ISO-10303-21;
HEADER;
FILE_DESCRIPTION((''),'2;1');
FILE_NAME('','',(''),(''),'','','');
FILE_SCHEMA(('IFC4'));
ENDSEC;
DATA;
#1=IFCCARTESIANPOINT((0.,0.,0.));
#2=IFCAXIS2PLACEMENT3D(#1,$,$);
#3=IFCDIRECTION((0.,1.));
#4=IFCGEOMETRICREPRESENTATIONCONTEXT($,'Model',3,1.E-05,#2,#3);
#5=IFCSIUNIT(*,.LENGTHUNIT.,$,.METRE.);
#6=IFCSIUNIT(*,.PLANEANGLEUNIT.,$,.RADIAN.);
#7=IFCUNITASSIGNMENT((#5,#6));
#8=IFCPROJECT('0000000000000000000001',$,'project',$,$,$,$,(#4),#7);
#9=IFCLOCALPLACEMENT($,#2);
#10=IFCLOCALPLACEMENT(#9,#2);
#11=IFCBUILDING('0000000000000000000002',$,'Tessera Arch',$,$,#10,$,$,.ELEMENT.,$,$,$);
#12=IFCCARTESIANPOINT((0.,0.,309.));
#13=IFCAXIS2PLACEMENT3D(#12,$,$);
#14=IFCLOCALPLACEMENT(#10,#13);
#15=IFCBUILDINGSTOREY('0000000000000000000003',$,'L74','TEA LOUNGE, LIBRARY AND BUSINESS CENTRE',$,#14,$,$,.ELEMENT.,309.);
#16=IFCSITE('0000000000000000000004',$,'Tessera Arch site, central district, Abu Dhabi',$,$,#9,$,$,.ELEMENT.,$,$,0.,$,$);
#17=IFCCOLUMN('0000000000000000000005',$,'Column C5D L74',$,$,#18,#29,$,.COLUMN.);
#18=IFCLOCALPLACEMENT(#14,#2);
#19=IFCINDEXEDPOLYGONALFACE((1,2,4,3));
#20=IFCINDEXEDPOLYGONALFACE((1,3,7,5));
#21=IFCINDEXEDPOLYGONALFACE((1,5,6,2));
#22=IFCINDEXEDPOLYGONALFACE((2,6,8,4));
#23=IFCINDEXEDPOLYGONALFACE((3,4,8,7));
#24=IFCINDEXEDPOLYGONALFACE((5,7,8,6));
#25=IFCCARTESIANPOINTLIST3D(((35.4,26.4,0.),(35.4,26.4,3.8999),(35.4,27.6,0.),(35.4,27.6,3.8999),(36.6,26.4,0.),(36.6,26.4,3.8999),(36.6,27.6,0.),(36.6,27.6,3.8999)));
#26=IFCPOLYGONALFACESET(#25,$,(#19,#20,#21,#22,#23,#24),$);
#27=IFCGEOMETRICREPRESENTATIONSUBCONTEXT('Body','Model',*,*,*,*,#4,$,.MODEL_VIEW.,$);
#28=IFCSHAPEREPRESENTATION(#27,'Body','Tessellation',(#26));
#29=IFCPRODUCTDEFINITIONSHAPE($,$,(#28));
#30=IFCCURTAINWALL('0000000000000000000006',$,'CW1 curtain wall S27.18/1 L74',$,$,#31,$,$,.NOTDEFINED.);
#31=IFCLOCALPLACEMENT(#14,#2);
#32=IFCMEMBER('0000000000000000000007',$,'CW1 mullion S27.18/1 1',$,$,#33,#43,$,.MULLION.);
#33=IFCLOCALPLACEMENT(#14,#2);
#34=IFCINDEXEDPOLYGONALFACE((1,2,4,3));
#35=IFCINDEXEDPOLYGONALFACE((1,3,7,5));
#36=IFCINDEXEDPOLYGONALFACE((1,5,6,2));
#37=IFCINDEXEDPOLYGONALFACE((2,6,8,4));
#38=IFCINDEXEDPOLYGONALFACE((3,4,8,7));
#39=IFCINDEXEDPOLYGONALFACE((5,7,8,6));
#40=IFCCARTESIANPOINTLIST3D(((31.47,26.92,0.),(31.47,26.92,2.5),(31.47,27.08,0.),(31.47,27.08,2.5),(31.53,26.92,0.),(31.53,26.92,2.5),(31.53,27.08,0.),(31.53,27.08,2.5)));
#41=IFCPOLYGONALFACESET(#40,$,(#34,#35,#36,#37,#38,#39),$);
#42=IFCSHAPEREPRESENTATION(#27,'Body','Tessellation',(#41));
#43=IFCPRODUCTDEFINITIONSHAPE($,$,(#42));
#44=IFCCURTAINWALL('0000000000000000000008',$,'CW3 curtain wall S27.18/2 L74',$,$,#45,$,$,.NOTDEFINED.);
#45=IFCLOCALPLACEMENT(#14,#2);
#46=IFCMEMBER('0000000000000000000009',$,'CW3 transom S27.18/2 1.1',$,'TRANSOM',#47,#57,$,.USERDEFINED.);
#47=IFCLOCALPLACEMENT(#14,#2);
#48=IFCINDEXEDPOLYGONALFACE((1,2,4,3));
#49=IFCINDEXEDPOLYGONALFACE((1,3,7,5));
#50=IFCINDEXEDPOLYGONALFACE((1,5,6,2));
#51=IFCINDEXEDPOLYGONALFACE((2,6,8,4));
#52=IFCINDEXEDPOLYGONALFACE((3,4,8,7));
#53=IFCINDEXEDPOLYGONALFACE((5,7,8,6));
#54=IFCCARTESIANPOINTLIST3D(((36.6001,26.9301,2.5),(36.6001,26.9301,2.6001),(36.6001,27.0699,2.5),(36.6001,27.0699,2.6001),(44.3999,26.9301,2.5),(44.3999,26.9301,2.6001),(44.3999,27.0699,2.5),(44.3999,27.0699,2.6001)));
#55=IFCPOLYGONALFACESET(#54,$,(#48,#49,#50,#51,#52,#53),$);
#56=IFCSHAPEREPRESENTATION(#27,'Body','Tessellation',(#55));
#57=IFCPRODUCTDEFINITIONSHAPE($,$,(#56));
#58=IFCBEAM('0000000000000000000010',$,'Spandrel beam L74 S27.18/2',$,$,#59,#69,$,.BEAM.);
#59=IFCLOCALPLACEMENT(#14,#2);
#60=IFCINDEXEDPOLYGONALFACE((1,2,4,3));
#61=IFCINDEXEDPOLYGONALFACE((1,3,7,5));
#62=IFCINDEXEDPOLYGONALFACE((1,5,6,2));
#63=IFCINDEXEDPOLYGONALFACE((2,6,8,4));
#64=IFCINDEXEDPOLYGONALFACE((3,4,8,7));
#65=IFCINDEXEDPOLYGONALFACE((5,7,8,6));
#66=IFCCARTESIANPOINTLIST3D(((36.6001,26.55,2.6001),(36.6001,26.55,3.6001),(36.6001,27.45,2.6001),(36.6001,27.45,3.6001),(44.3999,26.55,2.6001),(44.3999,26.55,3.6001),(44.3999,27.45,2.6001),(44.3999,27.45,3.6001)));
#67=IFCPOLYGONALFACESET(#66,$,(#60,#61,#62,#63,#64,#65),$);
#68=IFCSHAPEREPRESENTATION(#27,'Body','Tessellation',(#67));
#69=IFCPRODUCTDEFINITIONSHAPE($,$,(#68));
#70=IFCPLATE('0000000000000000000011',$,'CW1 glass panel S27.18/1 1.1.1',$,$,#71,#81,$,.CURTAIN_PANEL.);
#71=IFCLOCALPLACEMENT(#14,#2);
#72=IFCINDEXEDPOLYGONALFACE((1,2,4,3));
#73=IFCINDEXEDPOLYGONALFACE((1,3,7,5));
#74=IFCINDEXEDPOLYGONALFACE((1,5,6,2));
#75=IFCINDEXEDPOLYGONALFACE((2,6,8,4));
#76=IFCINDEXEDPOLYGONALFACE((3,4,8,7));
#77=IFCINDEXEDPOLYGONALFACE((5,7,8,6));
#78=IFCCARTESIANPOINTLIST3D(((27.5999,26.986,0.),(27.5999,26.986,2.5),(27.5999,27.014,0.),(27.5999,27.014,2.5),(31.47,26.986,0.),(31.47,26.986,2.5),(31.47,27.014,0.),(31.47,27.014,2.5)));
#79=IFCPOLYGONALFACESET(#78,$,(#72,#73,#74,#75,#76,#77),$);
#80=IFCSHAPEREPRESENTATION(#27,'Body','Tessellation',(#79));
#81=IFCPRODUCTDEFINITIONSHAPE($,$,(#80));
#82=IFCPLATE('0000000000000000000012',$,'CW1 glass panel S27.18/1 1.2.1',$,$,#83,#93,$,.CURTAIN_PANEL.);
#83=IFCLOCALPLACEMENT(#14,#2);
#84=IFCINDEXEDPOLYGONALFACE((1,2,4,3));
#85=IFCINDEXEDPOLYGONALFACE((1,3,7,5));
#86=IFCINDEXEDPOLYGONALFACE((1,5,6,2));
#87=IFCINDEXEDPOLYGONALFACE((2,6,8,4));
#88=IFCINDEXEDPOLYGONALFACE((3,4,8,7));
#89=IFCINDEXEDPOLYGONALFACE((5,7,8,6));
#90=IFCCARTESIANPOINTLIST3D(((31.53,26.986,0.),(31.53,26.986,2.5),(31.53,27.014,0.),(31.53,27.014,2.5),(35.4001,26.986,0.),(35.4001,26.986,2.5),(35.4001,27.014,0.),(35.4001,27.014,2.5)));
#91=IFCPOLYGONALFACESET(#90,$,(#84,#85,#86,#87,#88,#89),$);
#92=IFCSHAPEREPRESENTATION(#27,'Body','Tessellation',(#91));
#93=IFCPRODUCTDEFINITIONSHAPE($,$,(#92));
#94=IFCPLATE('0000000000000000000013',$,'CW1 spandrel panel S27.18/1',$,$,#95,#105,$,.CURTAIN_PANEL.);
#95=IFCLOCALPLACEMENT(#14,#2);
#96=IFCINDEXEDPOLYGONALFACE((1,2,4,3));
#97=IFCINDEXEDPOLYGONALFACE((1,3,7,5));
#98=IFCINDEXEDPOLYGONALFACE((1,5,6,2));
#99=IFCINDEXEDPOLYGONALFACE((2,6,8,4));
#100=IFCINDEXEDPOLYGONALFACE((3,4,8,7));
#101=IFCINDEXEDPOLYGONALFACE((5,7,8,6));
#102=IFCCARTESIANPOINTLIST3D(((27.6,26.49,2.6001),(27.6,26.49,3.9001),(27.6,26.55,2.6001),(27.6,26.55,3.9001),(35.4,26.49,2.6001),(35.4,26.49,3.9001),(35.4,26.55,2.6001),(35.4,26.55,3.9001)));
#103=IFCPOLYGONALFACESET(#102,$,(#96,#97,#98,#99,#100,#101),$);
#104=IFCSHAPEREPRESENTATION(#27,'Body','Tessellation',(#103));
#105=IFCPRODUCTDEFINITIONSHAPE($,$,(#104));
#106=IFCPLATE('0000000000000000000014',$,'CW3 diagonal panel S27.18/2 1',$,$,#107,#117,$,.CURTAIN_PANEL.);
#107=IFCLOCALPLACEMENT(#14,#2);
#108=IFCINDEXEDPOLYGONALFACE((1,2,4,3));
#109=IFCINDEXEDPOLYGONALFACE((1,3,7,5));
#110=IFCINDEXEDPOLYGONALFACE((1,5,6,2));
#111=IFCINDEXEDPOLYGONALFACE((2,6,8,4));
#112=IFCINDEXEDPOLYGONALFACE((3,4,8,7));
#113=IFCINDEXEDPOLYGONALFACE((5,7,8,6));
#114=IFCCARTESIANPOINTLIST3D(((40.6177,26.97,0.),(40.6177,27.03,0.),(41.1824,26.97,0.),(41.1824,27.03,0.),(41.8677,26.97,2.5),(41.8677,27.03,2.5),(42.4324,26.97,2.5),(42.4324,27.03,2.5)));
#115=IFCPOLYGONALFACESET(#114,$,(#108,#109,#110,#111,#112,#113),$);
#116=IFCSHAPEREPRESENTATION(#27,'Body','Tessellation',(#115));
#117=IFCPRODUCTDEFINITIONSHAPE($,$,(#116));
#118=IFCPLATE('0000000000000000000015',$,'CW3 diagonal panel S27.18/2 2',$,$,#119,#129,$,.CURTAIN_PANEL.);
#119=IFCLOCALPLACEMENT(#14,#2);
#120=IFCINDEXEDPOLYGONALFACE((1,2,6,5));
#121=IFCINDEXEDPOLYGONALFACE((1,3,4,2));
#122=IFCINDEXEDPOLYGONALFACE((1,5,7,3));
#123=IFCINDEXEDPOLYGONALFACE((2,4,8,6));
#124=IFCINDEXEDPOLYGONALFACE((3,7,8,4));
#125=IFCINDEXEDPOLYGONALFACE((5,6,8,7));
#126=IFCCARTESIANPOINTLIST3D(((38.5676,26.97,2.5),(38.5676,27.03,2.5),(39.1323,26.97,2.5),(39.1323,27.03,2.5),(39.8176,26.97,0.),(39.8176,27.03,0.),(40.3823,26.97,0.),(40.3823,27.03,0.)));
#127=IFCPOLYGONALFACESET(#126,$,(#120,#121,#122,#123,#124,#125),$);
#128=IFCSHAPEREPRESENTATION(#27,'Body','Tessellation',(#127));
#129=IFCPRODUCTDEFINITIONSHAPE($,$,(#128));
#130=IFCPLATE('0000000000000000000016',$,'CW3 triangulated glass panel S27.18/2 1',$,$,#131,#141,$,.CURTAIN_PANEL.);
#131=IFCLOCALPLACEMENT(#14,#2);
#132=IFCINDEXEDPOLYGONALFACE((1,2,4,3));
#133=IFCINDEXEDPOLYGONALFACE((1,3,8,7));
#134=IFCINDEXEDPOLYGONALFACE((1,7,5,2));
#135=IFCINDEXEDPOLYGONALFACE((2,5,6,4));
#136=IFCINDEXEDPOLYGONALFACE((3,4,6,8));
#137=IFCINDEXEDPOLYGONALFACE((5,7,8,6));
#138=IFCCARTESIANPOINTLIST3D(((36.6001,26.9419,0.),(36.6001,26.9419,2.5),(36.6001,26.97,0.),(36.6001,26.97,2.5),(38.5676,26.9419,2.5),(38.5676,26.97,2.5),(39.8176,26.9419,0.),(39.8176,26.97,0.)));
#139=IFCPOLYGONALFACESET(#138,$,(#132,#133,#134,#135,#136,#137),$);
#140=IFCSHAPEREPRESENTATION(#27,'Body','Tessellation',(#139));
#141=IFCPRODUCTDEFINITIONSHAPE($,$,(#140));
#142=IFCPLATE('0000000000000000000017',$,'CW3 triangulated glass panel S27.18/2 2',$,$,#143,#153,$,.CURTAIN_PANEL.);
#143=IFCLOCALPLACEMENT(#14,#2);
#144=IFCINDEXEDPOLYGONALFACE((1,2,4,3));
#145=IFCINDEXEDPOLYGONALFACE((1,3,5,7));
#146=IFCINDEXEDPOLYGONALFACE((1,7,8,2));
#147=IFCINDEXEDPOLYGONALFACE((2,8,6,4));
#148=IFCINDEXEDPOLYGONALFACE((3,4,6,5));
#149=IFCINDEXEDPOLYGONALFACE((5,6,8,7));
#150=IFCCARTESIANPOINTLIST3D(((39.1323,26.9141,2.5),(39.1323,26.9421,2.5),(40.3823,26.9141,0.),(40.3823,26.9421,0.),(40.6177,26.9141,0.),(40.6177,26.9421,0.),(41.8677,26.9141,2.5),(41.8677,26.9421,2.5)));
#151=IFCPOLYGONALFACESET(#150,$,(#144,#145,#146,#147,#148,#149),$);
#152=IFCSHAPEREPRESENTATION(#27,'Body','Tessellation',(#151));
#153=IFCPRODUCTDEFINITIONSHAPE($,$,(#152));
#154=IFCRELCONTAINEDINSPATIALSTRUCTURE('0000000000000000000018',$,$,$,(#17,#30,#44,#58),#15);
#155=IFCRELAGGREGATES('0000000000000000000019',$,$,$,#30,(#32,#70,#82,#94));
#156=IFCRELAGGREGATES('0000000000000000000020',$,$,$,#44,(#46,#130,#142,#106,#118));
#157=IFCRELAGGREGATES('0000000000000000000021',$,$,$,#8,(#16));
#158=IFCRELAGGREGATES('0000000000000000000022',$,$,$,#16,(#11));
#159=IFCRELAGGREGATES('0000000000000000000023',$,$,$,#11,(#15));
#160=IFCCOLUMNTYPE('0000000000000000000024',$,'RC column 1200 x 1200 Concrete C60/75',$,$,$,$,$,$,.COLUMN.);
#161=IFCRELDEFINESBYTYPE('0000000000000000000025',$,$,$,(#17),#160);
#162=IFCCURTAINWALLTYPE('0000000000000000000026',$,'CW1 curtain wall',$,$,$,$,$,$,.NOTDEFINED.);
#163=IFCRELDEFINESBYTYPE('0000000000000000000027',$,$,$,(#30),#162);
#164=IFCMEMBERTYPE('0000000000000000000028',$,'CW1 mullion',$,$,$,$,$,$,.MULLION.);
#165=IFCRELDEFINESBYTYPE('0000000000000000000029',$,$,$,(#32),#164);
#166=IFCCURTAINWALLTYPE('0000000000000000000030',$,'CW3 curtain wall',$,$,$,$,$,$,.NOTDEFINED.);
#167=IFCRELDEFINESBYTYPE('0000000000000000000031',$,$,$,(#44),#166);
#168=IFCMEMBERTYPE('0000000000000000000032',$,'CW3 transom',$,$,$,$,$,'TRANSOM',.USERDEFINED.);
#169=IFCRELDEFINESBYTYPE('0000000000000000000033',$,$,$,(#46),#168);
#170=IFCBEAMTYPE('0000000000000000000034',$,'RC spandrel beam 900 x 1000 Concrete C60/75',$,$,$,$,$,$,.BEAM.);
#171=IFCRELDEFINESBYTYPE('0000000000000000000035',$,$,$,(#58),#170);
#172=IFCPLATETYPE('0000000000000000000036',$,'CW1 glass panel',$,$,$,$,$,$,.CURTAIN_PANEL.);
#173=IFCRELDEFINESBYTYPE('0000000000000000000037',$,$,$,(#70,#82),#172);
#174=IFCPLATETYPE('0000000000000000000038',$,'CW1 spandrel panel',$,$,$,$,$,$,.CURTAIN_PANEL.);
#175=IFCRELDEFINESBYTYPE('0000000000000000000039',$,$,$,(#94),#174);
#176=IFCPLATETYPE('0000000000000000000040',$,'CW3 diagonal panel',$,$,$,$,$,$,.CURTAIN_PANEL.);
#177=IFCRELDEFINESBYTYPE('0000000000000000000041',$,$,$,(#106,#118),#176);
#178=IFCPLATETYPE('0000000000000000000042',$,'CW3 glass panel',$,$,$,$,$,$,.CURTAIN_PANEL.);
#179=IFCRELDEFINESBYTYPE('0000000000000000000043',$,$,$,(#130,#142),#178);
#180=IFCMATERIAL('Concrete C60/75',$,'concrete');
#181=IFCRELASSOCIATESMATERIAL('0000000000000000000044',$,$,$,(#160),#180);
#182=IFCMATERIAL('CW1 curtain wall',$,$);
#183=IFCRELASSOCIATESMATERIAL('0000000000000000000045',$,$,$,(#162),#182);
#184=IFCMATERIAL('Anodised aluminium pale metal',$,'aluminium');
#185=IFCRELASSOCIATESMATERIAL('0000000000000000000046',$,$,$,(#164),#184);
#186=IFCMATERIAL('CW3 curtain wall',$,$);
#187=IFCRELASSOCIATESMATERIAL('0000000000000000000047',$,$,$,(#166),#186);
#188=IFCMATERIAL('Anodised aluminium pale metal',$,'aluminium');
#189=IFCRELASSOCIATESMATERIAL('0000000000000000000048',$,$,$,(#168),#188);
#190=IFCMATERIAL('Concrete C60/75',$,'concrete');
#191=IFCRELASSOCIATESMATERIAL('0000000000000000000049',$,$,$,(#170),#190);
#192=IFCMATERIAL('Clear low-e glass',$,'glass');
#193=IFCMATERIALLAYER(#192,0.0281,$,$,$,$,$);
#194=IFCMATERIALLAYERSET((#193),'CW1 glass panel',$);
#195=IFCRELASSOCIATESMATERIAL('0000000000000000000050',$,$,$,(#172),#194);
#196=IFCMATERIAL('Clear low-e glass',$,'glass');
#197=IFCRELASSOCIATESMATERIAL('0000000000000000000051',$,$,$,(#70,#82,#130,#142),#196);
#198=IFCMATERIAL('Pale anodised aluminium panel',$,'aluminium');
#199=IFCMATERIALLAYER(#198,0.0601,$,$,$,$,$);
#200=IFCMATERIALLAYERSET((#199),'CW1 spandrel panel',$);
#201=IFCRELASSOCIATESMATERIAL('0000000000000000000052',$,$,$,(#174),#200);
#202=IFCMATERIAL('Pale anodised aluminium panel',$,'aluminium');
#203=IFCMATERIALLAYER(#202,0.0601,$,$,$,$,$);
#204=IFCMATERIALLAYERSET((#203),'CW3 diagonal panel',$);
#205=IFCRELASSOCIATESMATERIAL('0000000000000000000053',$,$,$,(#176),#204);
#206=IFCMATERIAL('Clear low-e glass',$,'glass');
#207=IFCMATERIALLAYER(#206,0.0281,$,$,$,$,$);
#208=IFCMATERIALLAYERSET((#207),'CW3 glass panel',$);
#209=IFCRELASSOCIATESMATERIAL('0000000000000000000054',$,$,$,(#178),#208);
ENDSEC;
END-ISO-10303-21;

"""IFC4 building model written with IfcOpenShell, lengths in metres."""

from ifc_helpers import new_model, si_unit, direction, frame, origin, origin_2d, place, context, subcontext, project, spatial, polyline, rectangle, outline, extrude, material, layer, layer_set, material_profile, profile_set, type_object, element, aggregate, save


model = new_model("IFC4")

# Units and contexts
model_context = context("Model", 3, precision=1e-05, world=origin(), true_north=direction((0.0, 1.0)))
body_context = subcontext(model_context, "Body", "Model", "MODEL_VIEW")
ifc_project = project(units=[si_unit("LENGTHUNIT", "METRE"), si_unit("PLANEANGLEUNIT", "RADIAN")], contexts=[model_context])

# Site, building, storey
site_placement = place(None, origin())
site = spatial("IfcSite", under=ifc_project, at=site_placement, Name="Tessera Arch site, central district, Abu Dhabi", CompositionType="ELEMENT", RefElevation=0.0)
building_placement = place(site_placement, origin())
building = spatial("IfcBuilding", under=site, at=building_placement, Name="Tessera Arch", CompositionType="ELEMENT")
storey_placement = place(building_placement, frame((0.0, 0.0, 309.0)))
storey = spatial("IfcBuildingStorey", under=building, at=storey_placement, Name="L74", Description="TEA LOUNGE, LIBRARY AND BUSINESS CENTRE", CompositionType="ELEMENT", Elevation=309.0)

# Column
ifc_material_1 = material(Name="Concrete C60/75", Category="concrete")
ifc_material_profile_1 = material_profile(ifc_material_1, rectangle(XDim=1.2, YDim=1.2, at=origin_2d()), Name="RC column 1200 x 1200 Concrete C60/75")
ifc_profile_set_1 = profile_set([ifc_material_profile_1], Name="Concrete C60/75")
column_type = type_object("IfcColumnType", Name="RC column 1200 x 1200 Concrete C60/75", PredefinedType="COLUMN", material=ifc_profile_set_1)
column_placement = place(storey_placement, frame((36.0, 27.0, 0.0), z_axis=(0.0, 0.0, 1.0), x_axis=(1.0, 0.0, 0.0)))
element("IfcColumn", 1, at=column_placement, inside=storey, type_object=column_type, Name="Column C5D L74", PredefinedType="COLUMN", context=body_context, shape_type="SweptSolid", body=[
    extrude(rectangle(XDim=1.2, YDim=1.2, at=origin_2d()), origin(), (0.0, 0.0, 1.0), 3.8999),
])

# Curtain walls, members
ifc_material_2 = material(Name="CW1 curtain wall")
curtain_wall_type_1 = type_object("IfcCurtainWallType", Name="CW1 curtain wall", PredefinedType="NOTDEFINED", material=ifc_material_2)
curtain_wall_1_placement = place(storey_placement, origin())
curtain_wall_1 = element("IfcCurtainWall", 2, at=curtain_wall_1_placement, inside=storey, type_object=curtain_wall_type_1, Name="CW1 curtain wall S27.18/1 L74", PredefinedType="NOTDEFINED")
ifc_material_3 = material(Name="Anodised aluminium pale metal", Category="aluminium")
ifc_material_profile_2 = material_profile(ifc_material_3, rectangle(XDim=0.1599, YDim=0.0601, at=origin_2d()), Name="AL 60x160")
ifc_profile_set_2 = profile_set([ifc_material_profile_2], Name="Anodised aluminium pale metal")
member_type_1 = type_object("IfcMemberType", Name="CW1 mullion", PredefinedType="MULLION", material=ifc_profile_set_2)
member_1_placement = place(storey_placement, frame((31.5, 27.0, 0.0), z_axis=(0.0, 0.0, 1.0), x_axis=(0.0, 1.0, 0.0)))
member_1 = element("IfcMember", 3, at=member_1_placement, type_object=member_type_1, Name="CW1 mullion S27.18/1 1", PredefinedType="MULLION", context=body_context, shape_type="SweptSolid", body=[
    extrude(rectangle(XDim=0.1599, YDim=0.0601, at=origin_2d()), origin(), (0.0, 0.0, 1.0), 2.5),
])
ifc_material_4 = material(Name="CW3 curtain wall")
curtain_wall_type_2 = type_object("IfcCurtainWallType", Name="CW3 curtain wall", PredefinedType="NOTDEFINED", material=ifc_material_4)
curtain_wall_2_placement = place(storey_placement, origin())
curtain_wall_2 = element("IfcCurtainWall", 4, at=curtain_wall_2_placement, inside=storey, type_object=curtain_wall_type_2, Name="CW3 curtain wall S27.18/2 L74", PredefinedType="NOTDEFINED")
ifc_material_5 = material(Name="Anodised aluminium pale metal", Category="aluminium")
ifc_material_profile_3 = material_profile(ifc_material_5, rectangle(XDim=0.1399, YDim=0.1001, at=origin_2d()), Name="AL 140x100")
ifc_profile_set_3 = profile_set([ifc_material_profile_3], Name="Anodised aluminium pale metal")
member_type_2 = type_object("IfcMemberType", Name="CW3 transom", ElementType="TRANSOM", PredefinedType="USERDEFINED", material=ifc_profile_set_3)
member_2_placement = place(storey_placement, frame((36.6001, 27.0, 2.55), z_axis=(1.0, 0.0, 0.0), x_axis=(0.0, 1.0, 0.0)))
member_2 = element("IfcMember", 5, at=member_2_placement, type_object=member_type_2, Name="CW3 transom S27.18/2 1.1", ObjectType="TRANSOM", PredefinedType="USERDEFINED", context=body_context, shape_type="SweptSolid", body=[
    extrude(rectangle(XDim=0.1399, YDim=0.1001, at=origin_2d()), origin(), (0.0, 0.0, 1.0), 7.7998),
])

# Beam
ifc_material_6 = material(Name="Concrete C60/75", Category="concrete")
ifc_material_profile_4 = material_profile(ifc_material_6, rectangle(XDim=0.8999, YDim=1.0, at=origin_2d()), Name="RC spandrel beam 900 x 1000 Concrete C60/75")
ifc_profile_set_4 = profile_set([ifc_material_profile_4], Name="Concrete C60/75")
beam_type = type_object("IfcBeamType", Name="RC spandrel beam 900 x 1000 Concrete C60/75", PredefinedType="BEAM", material=ifc_profile_set_4)
beam_placement = place(storey_placement, frame((36.6001, 27.0, 3.1001), z_axis=(1.0, 0.0, 0.0), x_axis=(0.0, 1.0, 0.0)))
element("IfcBeam", 6, at=beam_placement, inside=storey, type_object=beam_type, Name="Spandrel beam L74 S27.18/2", PredefinedType="BEAM", context=body_context, shape_type="SweptSolid", body=[
    extrude(rectangle(XDim=0.8999, YDim=1.0, at=origin_2d()), origin(), (0.0, 0.0, 1.0), 7.7998),
])

# Plates
ifc_material_7 = material(Name="Clear low-e glass", Category="glass")
ifc_material_8 = material(Name="Clear low-e glass", Category="glass")
ifc_layer_1 = layer(ifc_material_8, 0.0281)
ifc_layer_set_1 = layer_set([ifc_layer_1], Name="CW1 glass panel")
plate_type_1 = type_object("IfcPlateType", Name="CW1 glass panel", PredefinedType="CURTAIN_PANEL", material=ifc_layer_set_1)
plate_1_placement = place(storey_placement, frame((29.5349, 27.0, 0.0), z_axis=(0.0, 0.0, 1.0), x_axis=(1.0, 0.0, 0.0)))
plate_1 = element("IfcPlate", 7, at=plate_1_placement, type_object=plate_type_1, material=ifc_material_7, Name="CW1 glass panel S27.18/1 1.1.1", PredefinedType="CURTAIN_PANEL", context=body_context, shape_type="SweptSolid", body=[
    extrude(rectangle(XDim=3.8701, YDim=0.0281, at=origin_2d()), origin(), (0.0, 0.0, 1.0), 2.5),
])
plate_2_placement = place(storey_placement, frame((33.4651, 27.0, 0.0), z_axis=(0.0, 0.0, 1.0), x_axis=(1.0, 0.0, 0.0)))
plate_2 = element("IfcPlate", 8, at=plate_2_placement, type_object=plate_type_1, material=ifc_material_7, Name="CW1 glass panel S27.18/1 1.2.1", PredefinedType="CURTAIN_PANEL", context=body_context, shape_type="SweptSolid", body=[
    extrude(rectangle(XDim=3.8701, YDim=0.0281, at=origin_2d()), origin(), (0.0, 0.0, 1.0), 2.5),
])
ifc_material_9 = material(Name="Pale anodised aluminium panel", Category="aluminium")
ifc_layer_2 = layer(ifc_material_9, 0.0601)
ifc_layer_set_2 = layer_set([ifc_layer_2], Name="CW1 spandrel panel")
plate_type_2 = type_object("IfcPlateType", Name="CW1 spandrel panel", PredefinedType="CURTAIN_PANEL", material=ifc_layer_set_2)
plate_3_placement = place(storey_placement, frame((31.5, 26.52, 2.6001), z_axis=(0.0, 0.0, 1.0), x_axis=(1.0, 0.0, 0.0)))
plate_3 = element("IfcPlate", 9, at=plate_3_placement, type_object=plate_type_2, Name="CW1 spandrel panel S27.18/1", PredefinedType="CURTAIN_PANEL", context=body_context, shape_type="SweptSolid", body=[
    extrude(rectangle(XDim=7.8, YDim=0.0601, at=origin_2d()), origin(), (0.0, 0.0, 1.0), 1.3),
])
aggregate(curtain_wall_1, [member_1, plate_1, plate_2, plate_3])
ifc_material_10 = material(Name="Pale anodised aluminium panel", Category="aluminium")
ifc_layer_3 = layer(ifc_material_10, 0.0601)
ifc_layer_set_3 = layer_set([ifc_layer_3], Name="CW3 diagonal panel")
plate_type_3 = type_object("IfcPlateType", Name="CW3 diagonal panel", PredefinedType="CURTAIN_PANEL", material=ifc_layer_set_3)
plate_4_placement = place(storey_placement, frame((42.4324, 26.97, 2.5), z_axis=(0.0, -1.0, 0.0), x_axis=(-1.0, 0.0, 0.0)))
plate_4 = element("IfcPlate", 10, at=plate_4_placement, type_object=plate_type_3, Name="CW3 diagonal panel S27.18/2 1", PredefinedType="CURTAIN_PANEL", context=body_context, shape_type="SweptSolid", body=[
    extrude(outline(polyline([(0.0, 0.0), (0.5647, 0.0), (1.8147, 2.5), (1.25, 2.5), (0.0, 0.0)])), origin(), (0.0, 0.0, -1.0), 0.0601),
])
plate_5_placement = place(storey_placement, frame((39.1323, 26.97, 2.5), z_axis=(0.0, -1.0, 0.0), x_axis=(-1.0, 0.0, 0.0)))
plate_5 = element("IfcPlate", 11, at=plate_5_placement, type_object=plate_type_3, Name="CW3 diagonal panel S27.18/2 2", PredefinedType="CURTAIN_PANEL", context=body_context, shape_type="SweptSolid", body=[
    extrude(outline(polyline([(0.0, 0.0), (0.5647, 0.0), (-0.6853, 2.5), (-1.25, 2.5), (0.0, 0.0)])), origin(), (0.0, 0.0, -1.0), 0.0601),
])
ifc_material_11 = material(Name="Clear low-e glass", Category="glass")
ifc_layer_4 = layer(ifc_material_11, 0.0281)
ifc_layer_set_4 = layer_set([ifc_layer_4], Name="CW3 glass panel")
plate_type_4 = type_object("IfcPlateType", Name="CW3 glass panel", PredefinedType="CURTAIN_PANEL", material=ifc_layer_set_4)
plate_6_placement = place(storey_placement, frame((36.6001, 26.9419, 0.0), z_axis=(0.0, -1.0, 0.0), x_axis=(1.0, 0.0, 0.0)))
plate_6 = element("IfcPlate", 12, at=plate_6_placement, type_object=plate_type_4, material=ifc_material_7, Name="CW3 triangulated glass panel S27.18/2 1", PredefinedType="CURTAIN_PANEL", context=body_context, shape_type="SweptSolid", body=[
    extrude(outline(polyline([(0.0, 0.0), (3.2175, 0.0), (1.9675, 2.5), (0.0, 2.5), (0.0, 0.0)])), origin(), (0.0, 0.0, -1.0), 0.0281),
])
plate_7_placement = place(storey_placement, frame((41.8677, 26.9141, 2.5), z_axis=(0.0, -1.0, 0.0), x_axis=(-1.0, 0.0, 0.0)))
plate_7 = element("IfcPlate", 13, at=plate_7_placement, type_object=plate_type_4, material=ifc_material_7, Name="CW3 triangulated glass panel S27.18/2 2", PredefinedType="CURTAIN_PANEL", context=body_context, shape_type="SweptSolid", body=[
    extrude(outline(polyline([(0.0, 0.0), (2.7354, 0.0), (1.4854, 2.5), (1.25, 2.5), (0.0, 0.0)])), origin(), (0.0, 0.0, -1.0), 0.0281),
])
aggregate(curtain_wall_2, [member_2, plate_6, plate_7, plate_4, plate_5])

save(model, "model.ifc")
